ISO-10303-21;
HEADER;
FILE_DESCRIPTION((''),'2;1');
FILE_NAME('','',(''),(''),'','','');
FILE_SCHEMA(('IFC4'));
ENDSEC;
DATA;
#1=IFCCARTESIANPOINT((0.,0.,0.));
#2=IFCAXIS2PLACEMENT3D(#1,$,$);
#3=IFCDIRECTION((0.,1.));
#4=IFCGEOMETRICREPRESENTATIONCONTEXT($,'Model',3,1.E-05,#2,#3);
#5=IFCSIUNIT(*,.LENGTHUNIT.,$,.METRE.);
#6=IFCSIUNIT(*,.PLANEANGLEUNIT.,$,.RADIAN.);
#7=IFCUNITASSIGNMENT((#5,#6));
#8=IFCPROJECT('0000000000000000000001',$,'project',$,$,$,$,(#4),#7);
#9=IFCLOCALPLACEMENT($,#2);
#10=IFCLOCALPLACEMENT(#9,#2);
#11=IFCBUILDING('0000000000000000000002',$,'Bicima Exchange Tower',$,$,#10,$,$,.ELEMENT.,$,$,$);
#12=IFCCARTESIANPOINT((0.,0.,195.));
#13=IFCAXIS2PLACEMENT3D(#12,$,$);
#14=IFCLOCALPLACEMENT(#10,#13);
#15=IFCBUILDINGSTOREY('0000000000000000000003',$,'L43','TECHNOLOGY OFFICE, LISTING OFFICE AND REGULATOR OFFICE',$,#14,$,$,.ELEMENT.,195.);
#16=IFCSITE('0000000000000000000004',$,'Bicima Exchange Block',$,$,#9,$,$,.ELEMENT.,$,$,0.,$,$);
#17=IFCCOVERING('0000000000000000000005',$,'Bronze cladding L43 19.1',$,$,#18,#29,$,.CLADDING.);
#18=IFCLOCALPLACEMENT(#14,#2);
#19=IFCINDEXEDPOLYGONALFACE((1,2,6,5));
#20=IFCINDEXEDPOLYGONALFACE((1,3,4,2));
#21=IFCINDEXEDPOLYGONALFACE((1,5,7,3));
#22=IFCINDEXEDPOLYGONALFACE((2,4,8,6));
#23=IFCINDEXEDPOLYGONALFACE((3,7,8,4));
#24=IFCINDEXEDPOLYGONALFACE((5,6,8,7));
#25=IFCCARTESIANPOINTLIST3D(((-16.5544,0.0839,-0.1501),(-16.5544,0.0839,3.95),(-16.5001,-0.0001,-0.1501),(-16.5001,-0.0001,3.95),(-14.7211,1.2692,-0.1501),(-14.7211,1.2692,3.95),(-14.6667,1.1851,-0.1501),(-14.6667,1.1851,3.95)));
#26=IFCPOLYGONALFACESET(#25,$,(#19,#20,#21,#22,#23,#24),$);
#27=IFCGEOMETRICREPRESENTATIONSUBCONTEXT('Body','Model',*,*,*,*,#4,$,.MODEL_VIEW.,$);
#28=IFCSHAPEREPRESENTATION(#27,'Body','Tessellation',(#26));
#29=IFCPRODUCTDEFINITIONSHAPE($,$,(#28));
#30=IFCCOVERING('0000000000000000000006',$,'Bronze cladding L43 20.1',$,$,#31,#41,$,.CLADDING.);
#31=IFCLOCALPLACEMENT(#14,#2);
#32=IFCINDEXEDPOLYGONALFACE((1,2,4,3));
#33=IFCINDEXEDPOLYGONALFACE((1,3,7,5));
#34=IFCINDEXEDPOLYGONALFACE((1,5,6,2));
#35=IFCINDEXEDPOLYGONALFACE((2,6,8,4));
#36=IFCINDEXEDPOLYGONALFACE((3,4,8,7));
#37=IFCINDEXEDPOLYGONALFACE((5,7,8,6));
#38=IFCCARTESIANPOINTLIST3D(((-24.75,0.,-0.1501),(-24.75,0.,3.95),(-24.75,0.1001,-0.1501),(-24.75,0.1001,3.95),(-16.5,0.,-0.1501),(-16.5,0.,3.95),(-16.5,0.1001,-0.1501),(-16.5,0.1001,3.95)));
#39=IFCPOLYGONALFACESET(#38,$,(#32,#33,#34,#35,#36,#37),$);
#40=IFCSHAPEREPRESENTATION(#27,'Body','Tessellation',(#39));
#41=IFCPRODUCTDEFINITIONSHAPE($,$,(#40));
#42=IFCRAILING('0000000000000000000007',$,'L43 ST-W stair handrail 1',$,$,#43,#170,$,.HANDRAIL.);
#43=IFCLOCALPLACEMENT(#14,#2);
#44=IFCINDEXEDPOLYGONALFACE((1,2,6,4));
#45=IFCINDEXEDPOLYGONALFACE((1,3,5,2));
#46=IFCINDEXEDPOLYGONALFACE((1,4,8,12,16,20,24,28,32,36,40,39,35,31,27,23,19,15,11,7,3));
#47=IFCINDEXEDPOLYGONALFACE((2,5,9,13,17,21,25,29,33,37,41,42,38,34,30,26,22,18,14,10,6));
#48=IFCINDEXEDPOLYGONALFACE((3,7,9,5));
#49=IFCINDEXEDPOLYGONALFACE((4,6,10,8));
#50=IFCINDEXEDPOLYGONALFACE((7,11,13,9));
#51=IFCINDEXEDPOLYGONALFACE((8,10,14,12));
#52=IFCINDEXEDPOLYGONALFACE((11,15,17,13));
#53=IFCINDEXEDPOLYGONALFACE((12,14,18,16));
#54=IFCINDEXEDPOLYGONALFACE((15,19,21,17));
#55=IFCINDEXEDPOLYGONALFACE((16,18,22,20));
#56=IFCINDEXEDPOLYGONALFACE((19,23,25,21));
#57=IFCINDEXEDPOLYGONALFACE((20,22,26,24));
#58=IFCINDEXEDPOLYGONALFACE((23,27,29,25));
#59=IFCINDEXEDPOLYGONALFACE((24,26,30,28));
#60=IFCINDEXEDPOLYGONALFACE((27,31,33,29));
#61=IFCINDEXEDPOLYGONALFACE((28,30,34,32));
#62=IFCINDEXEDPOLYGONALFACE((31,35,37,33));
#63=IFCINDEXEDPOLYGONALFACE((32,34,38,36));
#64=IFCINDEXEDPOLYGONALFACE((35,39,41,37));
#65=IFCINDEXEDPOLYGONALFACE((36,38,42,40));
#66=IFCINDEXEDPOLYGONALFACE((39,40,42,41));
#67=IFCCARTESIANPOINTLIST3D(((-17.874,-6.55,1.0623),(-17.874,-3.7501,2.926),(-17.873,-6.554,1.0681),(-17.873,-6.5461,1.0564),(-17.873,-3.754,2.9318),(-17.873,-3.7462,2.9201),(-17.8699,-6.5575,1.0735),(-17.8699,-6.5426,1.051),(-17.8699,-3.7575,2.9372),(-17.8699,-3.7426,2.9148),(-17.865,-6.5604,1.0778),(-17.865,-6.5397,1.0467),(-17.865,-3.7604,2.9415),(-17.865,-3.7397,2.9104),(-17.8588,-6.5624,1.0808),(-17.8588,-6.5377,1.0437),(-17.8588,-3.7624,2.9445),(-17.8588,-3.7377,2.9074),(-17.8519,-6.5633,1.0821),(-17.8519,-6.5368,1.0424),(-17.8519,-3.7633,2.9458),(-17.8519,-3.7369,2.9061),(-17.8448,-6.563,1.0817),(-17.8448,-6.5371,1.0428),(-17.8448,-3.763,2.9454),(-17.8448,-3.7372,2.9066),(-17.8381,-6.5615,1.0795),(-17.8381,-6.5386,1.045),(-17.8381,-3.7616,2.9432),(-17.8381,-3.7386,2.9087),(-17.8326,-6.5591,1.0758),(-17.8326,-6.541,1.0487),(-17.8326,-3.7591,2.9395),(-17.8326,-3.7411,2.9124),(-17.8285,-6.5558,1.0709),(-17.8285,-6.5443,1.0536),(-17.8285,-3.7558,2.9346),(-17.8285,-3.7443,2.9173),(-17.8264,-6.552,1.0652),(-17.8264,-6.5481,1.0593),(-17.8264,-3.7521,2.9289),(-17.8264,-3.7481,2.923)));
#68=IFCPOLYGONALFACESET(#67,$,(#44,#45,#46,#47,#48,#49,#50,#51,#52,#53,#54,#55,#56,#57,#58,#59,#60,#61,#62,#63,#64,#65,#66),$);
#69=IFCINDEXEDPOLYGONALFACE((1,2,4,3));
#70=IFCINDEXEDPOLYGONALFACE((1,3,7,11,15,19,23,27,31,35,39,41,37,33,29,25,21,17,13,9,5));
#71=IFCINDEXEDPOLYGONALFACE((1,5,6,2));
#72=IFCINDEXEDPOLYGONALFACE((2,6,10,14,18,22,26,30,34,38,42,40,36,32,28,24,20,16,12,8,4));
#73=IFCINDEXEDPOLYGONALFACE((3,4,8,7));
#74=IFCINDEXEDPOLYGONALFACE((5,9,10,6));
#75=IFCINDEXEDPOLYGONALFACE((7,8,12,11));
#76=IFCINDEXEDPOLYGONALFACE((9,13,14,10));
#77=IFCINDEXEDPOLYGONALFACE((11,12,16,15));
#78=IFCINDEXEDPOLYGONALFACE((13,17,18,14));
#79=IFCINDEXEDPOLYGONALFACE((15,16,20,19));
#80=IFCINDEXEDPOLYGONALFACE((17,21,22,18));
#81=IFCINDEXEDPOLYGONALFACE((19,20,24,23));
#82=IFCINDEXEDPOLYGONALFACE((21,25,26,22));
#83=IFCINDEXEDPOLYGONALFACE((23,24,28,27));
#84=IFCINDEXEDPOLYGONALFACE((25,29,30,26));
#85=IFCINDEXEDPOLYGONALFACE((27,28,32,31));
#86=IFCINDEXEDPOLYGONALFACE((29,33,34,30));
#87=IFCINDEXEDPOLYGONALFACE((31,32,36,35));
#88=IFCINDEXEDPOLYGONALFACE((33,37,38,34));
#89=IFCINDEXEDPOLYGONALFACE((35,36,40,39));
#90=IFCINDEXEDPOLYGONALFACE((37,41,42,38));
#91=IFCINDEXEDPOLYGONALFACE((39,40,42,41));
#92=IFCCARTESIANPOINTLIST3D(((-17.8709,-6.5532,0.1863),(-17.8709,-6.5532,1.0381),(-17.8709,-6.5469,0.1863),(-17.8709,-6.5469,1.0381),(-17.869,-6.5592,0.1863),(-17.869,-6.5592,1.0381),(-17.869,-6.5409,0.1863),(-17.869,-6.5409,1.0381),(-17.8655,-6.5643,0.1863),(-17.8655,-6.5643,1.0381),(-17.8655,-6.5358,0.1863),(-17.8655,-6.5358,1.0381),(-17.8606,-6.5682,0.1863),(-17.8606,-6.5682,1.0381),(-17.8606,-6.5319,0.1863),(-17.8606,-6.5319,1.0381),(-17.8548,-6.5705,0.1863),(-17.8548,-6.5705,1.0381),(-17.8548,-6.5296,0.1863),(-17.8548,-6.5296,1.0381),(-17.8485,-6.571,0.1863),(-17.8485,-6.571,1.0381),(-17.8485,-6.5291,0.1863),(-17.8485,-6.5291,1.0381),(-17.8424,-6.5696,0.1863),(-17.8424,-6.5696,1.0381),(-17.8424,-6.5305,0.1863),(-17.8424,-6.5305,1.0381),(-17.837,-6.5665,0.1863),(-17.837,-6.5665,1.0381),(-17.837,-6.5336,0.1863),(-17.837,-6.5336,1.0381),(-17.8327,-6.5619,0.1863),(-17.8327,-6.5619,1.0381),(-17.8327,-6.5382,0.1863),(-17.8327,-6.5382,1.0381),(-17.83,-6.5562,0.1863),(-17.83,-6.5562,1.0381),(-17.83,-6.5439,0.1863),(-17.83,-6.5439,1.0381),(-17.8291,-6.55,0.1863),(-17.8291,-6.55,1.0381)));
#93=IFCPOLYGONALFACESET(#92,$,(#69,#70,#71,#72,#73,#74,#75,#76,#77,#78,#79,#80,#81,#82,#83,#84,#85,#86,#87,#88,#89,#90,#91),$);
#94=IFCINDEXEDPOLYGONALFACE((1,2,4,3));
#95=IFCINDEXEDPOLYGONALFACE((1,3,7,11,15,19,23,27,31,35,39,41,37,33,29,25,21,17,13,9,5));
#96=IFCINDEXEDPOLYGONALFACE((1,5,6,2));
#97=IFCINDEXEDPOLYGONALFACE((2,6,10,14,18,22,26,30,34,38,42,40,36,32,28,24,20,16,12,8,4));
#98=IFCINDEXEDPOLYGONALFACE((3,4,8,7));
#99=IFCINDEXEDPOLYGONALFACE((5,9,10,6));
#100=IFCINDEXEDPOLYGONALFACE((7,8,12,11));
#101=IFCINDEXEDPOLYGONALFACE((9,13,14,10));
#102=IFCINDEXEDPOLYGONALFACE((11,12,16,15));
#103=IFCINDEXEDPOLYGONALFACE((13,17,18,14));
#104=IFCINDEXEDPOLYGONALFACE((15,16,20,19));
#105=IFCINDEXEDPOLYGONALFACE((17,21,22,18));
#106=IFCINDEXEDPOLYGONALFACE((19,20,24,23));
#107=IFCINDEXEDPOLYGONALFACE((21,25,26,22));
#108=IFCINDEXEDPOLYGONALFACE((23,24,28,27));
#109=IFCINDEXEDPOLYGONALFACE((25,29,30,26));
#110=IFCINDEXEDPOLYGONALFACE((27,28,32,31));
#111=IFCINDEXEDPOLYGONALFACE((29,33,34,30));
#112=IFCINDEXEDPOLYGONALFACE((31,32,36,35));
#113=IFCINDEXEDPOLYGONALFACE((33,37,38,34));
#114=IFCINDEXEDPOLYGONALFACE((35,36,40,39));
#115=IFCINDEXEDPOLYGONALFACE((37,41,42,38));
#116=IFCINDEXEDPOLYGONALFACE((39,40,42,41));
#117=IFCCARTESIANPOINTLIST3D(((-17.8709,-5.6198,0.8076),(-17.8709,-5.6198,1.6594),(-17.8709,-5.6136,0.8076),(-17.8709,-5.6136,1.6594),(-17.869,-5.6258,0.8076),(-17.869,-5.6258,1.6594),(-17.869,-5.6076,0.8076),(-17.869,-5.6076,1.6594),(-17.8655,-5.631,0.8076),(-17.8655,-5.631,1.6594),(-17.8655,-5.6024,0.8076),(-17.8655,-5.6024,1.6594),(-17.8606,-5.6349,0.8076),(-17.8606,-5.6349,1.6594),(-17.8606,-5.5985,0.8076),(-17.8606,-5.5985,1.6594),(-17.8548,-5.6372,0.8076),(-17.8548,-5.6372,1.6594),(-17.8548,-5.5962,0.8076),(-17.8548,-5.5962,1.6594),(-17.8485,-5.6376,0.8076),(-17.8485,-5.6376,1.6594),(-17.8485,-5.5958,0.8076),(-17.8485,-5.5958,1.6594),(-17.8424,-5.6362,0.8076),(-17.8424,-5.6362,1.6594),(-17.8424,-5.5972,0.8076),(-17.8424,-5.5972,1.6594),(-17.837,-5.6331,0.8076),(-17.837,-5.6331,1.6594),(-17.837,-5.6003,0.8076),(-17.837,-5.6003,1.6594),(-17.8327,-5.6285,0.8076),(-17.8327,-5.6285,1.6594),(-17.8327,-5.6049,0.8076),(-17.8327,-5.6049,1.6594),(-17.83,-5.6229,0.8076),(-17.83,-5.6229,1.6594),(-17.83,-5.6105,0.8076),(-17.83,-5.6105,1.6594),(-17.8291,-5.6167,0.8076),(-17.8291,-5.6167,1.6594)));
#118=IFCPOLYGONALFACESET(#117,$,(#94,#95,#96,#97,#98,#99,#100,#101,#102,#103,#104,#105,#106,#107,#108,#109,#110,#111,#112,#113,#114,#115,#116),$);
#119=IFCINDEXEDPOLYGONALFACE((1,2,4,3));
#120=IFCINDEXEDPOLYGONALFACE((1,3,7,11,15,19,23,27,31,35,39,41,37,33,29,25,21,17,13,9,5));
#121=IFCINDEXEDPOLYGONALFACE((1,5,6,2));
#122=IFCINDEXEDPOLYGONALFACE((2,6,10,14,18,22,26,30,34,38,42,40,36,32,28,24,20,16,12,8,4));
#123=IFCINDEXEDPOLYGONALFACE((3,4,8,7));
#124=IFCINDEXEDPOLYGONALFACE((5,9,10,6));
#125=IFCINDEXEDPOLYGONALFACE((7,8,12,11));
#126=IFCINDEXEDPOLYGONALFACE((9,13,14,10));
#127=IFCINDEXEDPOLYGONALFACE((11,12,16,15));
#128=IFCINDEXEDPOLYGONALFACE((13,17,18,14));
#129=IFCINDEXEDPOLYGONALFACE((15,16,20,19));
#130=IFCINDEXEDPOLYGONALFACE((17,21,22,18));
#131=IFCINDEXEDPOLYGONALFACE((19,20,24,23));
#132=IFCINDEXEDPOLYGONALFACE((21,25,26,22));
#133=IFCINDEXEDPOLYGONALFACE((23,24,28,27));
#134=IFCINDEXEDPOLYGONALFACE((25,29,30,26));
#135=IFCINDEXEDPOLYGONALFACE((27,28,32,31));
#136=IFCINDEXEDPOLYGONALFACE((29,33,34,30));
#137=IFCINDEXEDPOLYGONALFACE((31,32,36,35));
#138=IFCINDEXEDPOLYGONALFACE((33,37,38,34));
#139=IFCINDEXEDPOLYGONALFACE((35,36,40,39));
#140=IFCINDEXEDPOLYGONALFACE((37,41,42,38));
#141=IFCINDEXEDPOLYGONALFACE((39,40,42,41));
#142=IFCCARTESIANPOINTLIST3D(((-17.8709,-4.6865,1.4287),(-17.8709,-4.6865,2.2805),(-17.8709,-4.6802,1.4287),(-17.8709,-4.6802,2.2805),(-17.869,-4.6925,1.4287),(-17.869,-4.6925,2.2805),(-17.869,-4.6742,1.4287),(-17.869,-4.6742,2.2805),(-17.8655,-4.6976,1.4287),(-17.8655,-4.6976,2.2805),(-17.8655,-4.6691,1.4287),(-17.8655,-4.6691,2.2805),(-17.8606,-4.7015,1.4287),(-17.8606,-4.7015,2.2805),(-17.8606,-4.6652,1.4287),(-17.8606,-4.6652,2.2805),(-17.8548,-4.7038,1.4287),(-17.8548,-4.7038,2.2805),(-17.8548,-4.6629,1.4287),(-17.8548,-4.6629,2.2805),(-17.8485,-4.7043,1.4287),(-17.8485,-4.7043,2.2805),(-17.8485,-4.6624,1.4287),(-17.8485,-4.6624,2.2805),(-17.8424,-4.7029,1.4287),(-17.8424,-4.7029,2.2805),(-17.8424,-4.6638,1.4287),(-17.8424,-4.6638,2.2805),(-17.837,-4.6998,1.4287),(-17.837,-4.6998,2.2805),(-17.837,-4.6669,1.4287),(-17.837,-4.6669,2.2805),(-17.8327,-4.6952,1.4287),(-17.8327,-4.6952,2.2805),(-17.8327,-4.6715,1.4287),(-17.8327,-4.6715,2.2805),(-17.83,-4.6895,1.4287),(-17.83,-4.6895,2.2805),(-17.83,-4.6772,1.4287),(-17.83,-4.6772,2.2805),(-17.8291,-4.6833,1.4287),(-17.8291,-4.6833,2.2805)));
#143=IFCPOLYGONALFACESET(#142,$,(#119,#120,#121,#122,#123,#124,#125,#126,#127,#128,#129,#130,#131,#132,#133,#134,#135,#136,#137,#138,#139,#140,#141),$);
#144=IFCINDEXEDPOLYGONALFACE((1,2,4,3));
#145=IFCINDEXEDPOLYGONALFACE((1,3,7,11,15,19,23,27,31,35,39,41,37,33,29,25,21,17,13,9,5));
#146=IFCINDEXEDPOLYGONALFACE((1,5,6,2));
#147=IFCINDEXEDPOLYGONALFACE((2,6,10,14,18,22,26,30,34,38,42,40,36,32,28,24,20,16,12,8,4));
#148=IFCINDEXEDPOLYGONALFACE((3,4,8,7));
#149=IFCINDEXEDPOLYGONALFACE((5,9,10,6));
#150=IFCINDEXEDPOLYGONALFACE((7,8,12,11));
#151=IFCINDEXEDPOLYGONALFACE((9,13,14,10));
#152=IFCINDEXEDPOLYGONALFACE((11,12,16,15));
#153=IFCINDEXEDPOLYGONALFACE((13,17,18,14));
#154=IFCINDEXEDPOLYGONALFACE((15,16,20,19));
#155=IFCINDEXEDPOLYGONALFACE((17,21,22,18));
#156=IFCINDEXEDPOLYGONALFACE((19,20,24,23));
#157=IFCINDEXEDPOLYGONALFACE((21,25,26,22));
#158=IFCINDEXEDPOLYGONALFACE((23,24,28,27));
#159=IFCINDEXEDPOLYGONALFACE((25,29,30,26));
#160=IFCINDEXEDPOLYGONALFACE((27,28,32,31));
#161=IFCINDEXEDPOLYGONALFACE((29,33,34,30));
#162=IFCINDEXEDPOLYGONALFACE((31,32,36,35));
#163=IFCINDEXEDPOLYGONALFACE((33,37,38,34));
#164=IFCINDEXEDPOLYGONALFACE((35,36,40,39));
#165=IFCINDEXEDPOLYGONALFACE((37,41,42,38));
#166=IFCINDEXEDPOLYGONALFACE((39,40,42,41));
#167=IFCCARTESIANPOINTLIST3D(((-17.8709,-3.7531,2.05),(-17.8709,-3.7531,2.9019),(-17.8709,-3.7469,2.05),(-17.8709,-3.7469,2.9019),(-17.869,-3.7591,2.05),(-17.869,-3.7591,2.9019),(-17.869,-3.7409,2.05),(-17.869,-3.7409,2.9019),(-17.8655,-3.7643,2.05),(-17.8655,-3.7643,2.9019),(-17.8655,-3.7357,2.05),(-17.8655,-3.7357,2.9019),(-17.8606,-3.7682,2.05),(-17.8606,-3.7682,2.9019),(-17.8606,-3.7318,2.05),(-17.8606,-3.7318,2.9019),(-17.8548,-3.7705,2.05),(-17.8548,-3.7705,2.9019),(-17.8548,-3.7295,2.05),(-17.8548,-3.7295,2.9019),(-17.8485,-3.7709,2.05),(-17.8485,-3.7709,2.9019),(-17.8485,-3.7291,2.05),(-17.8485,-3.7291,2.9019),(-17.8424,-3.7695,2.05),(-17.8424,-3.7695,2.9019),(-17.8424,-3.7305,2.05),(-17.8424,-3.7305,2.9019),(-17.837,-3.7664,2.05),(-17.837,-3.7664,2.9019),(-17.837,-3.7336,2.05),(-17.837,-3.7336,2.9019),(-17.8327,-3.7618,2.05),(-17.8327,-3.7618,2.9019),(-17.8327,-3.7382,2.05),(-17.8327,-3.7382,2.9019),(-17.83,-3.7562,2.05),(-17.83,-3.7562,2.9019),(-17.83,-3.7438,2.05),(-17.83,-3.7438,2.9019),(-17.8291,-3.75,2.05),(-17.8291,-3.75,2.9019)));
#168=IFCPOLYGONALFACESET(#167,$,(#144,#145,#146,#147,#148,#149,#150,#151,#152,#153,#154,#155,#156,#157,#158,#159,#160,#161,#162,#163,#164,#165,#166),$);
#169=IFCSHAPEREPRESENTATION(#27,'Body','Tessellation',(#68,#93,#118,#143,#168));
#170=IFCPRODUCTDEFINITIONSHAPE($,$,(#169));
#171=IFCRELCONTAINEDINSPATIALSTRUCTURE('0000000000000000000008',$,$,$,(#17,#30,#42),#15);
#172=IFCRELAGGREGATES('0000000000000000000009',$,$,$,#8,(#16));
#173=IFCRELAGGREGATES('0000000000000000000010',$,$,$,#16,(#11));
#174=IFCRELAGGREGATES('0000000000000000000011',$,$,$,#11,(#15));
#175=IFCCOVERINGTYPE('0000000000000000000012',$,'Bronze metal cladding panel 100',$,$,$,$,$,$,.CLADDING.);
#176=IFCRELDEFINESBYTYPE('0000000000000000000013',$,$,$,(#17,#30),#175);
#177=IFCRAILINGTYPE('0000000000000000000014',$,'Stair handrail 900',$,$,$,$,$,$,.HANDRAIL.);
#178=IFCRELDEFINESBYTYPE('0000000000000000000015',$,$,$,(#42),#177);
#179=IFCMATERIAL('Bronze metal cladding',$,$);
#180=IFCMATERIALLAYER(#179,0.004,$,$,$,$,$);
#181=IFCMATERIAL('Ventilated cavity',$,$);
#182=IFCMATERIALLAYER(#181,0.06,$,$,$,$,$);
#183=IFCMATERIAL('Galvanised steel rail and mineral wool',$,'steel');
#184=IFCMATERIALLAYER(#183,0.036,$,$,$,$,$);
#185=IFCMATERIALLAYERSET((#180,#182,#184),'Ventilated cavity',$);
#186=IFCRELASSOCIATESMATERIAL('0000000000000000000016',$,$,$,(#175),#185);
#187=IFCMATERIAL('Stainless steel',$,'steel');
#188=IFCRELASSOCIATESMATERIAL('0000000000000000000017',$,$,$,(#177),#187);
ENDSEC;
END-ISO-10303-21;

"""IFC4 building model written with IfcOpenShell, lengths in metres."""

from ifc_helpers import new_model, si_unit, direction, frame, origin, origin_2d, place, context, subcontext, project, spatial, rectangle, circle, extrude, material, layer, layer_set, type_object, element, save


model = new_model("IFC4")

# Units and contexts
model_context = context("Model", 3, precision=1e-05, world=origin(), true_north=direction((0.0, 1.0)))
body_context = subcontext(model_context, "Body", "Model", "MODEL_VIEW")
ifc_project = project(units=[si_unit("LENGTHUNIT", "METRE"), si_unit("PLANEANGLEUNIT", "RADIAN")], contexts=[model_context])

# Site, building, storey
site_placement = place(None, origin())
site = spatial("IfcSite", under=ifc_project, at=site_placement, Name="Bicima Exchange Block", CompositionType="ELEMENT", RefElevation=0.0)
building_placement = place(site_placement, origin())
building = spatial("IfcBuilding", under=site, at=building_placement, Name="Bicima Exchange Tower", CompositionType="ELEMENT")
storey_placement = place(building_placement, frame((0.0, 0.0, 195.0)))
storey = spatial("IfcBuildingStorey", under=building, at=storey_placement, Name="L43", Description="TECHNOLOGY OFFICE, LISTING OFFICE AND REGULATOR OFFICE", CompositionType="ELEMENT", Elevation=195.0)

# Shared definitions
ifc_material_1 = material(Name="Stainless steel", Category="steel")

# Coverings
ifc_material_2 = material(Name="Bronze metal cladding")
ifc_layer_1 = layer(ifc_material_2, 0.004)
ifc_material_3 = material(Name="Ventilated cavity")
ifc_layer_2 = layer(ifc_material_3, 0.06)
ifc_material_4 = material(Name="Galvanised steel rail and mineral wool", Category="steel")
ifc_layer_3 = layer(ifc_material_4, 0.036)
ifc_layer_set_1 = layer_set([ifc_layer_1, ifc_layer_2, ifc_layer_3], Name="Ventilated cavity")
covering_type = type_object("IfcCoveringType", Name="Bronze metal cladding panel 100", PredefinedType="CLADDING", material=ifc_layer_set_1)
covering_1_placement = place(storey_placement, frame((-15.6106, 0.6345, -0.1501), z_axis=(0.0, 0.0, 1.0), x_axis=(-0.83979, -0.542911, 0.0)))
element("IfcCovering", 1, at=covering_1_placement, inside=storey, type_object=covering_type, Name="Bronze cladding L43 19.1", PredefinedType="CLADDING", context=body_context, shape_type="SweptSolid", body=[
    extrude(rectangle(XDim=2.1831, YDim=0.1001, at=origin_2d()), origin(), (0.0, 0.0, 1.0), 4.1001),
])
covering_2_placement = place(storey_placement, frame((-20.625, 0.05, -0.1501), z_axis=(0.0, 0.0, 1.0), x_axis=(-1.0, 0.0, 0.0)))
element("IfcCovering", 2, at=covering_2_placement, inside=storey, type_object=covering_type, Name="Bronze cladding L43 20.1", PredefinedType="CLADDING", context=body_context, shape_type="SweptSolid", body=[
    extrude(rectangle(XDim=8.25, YDim=0.1001, at=origin_2d()), origin(), (0.0, 0.0, 1.0), 4.1001),
])

# Railing
railing_type_1 = type_object("IfcRailingType", Name="Stair handrail 900", PredefinedType="HANDRAIL", material=ifc_material_1)
railing_1_placement = place(storey_placement, frame((-17.8501, -6.55, 0.1863)))
element("IfcRailing", 3, at=railing_1_placement, inside=storey, type_object=railing_type_1, Name="L43 ST-W stair handrail 1", PredefinedType="HANDRAIL", context=body_context, shape_type="SweptSolid", body=[
    extrude(circle(Radius=0.0239, at=origin_2d()), frame((0.0, 0.0, 0.876), z_axis=(0.0, 0.832452, 0.554097), x_axis=(-1.0, 0.0, 0.0)), (0.0, 0.0, 1.0), 3.3635),
    extrude(circle(Radius=0.021, at=origin_2d()), origin(), (0.0, 0.0, 1.0), 0.8518),
    extrude(circle(Radius=0.021, at=origin_2d()), frame((0.0, 0.9333, 0.6213)), (0.0, 0.0, 1.0), 0.8518),
    extrude(circle(Radius=0.021, at=origin_2d()), frame((0.0, 1.8667, 1.2424)), (0.0, 0.0, 1.0), 0.8518),
    extrude(circle(Radius=0.021, at=origin_2d()), frame((0.0, 2.8, 1.8638)), (0.0, 0.0, 1.0), 0.8518),
])

save(model, "model.ifc")
